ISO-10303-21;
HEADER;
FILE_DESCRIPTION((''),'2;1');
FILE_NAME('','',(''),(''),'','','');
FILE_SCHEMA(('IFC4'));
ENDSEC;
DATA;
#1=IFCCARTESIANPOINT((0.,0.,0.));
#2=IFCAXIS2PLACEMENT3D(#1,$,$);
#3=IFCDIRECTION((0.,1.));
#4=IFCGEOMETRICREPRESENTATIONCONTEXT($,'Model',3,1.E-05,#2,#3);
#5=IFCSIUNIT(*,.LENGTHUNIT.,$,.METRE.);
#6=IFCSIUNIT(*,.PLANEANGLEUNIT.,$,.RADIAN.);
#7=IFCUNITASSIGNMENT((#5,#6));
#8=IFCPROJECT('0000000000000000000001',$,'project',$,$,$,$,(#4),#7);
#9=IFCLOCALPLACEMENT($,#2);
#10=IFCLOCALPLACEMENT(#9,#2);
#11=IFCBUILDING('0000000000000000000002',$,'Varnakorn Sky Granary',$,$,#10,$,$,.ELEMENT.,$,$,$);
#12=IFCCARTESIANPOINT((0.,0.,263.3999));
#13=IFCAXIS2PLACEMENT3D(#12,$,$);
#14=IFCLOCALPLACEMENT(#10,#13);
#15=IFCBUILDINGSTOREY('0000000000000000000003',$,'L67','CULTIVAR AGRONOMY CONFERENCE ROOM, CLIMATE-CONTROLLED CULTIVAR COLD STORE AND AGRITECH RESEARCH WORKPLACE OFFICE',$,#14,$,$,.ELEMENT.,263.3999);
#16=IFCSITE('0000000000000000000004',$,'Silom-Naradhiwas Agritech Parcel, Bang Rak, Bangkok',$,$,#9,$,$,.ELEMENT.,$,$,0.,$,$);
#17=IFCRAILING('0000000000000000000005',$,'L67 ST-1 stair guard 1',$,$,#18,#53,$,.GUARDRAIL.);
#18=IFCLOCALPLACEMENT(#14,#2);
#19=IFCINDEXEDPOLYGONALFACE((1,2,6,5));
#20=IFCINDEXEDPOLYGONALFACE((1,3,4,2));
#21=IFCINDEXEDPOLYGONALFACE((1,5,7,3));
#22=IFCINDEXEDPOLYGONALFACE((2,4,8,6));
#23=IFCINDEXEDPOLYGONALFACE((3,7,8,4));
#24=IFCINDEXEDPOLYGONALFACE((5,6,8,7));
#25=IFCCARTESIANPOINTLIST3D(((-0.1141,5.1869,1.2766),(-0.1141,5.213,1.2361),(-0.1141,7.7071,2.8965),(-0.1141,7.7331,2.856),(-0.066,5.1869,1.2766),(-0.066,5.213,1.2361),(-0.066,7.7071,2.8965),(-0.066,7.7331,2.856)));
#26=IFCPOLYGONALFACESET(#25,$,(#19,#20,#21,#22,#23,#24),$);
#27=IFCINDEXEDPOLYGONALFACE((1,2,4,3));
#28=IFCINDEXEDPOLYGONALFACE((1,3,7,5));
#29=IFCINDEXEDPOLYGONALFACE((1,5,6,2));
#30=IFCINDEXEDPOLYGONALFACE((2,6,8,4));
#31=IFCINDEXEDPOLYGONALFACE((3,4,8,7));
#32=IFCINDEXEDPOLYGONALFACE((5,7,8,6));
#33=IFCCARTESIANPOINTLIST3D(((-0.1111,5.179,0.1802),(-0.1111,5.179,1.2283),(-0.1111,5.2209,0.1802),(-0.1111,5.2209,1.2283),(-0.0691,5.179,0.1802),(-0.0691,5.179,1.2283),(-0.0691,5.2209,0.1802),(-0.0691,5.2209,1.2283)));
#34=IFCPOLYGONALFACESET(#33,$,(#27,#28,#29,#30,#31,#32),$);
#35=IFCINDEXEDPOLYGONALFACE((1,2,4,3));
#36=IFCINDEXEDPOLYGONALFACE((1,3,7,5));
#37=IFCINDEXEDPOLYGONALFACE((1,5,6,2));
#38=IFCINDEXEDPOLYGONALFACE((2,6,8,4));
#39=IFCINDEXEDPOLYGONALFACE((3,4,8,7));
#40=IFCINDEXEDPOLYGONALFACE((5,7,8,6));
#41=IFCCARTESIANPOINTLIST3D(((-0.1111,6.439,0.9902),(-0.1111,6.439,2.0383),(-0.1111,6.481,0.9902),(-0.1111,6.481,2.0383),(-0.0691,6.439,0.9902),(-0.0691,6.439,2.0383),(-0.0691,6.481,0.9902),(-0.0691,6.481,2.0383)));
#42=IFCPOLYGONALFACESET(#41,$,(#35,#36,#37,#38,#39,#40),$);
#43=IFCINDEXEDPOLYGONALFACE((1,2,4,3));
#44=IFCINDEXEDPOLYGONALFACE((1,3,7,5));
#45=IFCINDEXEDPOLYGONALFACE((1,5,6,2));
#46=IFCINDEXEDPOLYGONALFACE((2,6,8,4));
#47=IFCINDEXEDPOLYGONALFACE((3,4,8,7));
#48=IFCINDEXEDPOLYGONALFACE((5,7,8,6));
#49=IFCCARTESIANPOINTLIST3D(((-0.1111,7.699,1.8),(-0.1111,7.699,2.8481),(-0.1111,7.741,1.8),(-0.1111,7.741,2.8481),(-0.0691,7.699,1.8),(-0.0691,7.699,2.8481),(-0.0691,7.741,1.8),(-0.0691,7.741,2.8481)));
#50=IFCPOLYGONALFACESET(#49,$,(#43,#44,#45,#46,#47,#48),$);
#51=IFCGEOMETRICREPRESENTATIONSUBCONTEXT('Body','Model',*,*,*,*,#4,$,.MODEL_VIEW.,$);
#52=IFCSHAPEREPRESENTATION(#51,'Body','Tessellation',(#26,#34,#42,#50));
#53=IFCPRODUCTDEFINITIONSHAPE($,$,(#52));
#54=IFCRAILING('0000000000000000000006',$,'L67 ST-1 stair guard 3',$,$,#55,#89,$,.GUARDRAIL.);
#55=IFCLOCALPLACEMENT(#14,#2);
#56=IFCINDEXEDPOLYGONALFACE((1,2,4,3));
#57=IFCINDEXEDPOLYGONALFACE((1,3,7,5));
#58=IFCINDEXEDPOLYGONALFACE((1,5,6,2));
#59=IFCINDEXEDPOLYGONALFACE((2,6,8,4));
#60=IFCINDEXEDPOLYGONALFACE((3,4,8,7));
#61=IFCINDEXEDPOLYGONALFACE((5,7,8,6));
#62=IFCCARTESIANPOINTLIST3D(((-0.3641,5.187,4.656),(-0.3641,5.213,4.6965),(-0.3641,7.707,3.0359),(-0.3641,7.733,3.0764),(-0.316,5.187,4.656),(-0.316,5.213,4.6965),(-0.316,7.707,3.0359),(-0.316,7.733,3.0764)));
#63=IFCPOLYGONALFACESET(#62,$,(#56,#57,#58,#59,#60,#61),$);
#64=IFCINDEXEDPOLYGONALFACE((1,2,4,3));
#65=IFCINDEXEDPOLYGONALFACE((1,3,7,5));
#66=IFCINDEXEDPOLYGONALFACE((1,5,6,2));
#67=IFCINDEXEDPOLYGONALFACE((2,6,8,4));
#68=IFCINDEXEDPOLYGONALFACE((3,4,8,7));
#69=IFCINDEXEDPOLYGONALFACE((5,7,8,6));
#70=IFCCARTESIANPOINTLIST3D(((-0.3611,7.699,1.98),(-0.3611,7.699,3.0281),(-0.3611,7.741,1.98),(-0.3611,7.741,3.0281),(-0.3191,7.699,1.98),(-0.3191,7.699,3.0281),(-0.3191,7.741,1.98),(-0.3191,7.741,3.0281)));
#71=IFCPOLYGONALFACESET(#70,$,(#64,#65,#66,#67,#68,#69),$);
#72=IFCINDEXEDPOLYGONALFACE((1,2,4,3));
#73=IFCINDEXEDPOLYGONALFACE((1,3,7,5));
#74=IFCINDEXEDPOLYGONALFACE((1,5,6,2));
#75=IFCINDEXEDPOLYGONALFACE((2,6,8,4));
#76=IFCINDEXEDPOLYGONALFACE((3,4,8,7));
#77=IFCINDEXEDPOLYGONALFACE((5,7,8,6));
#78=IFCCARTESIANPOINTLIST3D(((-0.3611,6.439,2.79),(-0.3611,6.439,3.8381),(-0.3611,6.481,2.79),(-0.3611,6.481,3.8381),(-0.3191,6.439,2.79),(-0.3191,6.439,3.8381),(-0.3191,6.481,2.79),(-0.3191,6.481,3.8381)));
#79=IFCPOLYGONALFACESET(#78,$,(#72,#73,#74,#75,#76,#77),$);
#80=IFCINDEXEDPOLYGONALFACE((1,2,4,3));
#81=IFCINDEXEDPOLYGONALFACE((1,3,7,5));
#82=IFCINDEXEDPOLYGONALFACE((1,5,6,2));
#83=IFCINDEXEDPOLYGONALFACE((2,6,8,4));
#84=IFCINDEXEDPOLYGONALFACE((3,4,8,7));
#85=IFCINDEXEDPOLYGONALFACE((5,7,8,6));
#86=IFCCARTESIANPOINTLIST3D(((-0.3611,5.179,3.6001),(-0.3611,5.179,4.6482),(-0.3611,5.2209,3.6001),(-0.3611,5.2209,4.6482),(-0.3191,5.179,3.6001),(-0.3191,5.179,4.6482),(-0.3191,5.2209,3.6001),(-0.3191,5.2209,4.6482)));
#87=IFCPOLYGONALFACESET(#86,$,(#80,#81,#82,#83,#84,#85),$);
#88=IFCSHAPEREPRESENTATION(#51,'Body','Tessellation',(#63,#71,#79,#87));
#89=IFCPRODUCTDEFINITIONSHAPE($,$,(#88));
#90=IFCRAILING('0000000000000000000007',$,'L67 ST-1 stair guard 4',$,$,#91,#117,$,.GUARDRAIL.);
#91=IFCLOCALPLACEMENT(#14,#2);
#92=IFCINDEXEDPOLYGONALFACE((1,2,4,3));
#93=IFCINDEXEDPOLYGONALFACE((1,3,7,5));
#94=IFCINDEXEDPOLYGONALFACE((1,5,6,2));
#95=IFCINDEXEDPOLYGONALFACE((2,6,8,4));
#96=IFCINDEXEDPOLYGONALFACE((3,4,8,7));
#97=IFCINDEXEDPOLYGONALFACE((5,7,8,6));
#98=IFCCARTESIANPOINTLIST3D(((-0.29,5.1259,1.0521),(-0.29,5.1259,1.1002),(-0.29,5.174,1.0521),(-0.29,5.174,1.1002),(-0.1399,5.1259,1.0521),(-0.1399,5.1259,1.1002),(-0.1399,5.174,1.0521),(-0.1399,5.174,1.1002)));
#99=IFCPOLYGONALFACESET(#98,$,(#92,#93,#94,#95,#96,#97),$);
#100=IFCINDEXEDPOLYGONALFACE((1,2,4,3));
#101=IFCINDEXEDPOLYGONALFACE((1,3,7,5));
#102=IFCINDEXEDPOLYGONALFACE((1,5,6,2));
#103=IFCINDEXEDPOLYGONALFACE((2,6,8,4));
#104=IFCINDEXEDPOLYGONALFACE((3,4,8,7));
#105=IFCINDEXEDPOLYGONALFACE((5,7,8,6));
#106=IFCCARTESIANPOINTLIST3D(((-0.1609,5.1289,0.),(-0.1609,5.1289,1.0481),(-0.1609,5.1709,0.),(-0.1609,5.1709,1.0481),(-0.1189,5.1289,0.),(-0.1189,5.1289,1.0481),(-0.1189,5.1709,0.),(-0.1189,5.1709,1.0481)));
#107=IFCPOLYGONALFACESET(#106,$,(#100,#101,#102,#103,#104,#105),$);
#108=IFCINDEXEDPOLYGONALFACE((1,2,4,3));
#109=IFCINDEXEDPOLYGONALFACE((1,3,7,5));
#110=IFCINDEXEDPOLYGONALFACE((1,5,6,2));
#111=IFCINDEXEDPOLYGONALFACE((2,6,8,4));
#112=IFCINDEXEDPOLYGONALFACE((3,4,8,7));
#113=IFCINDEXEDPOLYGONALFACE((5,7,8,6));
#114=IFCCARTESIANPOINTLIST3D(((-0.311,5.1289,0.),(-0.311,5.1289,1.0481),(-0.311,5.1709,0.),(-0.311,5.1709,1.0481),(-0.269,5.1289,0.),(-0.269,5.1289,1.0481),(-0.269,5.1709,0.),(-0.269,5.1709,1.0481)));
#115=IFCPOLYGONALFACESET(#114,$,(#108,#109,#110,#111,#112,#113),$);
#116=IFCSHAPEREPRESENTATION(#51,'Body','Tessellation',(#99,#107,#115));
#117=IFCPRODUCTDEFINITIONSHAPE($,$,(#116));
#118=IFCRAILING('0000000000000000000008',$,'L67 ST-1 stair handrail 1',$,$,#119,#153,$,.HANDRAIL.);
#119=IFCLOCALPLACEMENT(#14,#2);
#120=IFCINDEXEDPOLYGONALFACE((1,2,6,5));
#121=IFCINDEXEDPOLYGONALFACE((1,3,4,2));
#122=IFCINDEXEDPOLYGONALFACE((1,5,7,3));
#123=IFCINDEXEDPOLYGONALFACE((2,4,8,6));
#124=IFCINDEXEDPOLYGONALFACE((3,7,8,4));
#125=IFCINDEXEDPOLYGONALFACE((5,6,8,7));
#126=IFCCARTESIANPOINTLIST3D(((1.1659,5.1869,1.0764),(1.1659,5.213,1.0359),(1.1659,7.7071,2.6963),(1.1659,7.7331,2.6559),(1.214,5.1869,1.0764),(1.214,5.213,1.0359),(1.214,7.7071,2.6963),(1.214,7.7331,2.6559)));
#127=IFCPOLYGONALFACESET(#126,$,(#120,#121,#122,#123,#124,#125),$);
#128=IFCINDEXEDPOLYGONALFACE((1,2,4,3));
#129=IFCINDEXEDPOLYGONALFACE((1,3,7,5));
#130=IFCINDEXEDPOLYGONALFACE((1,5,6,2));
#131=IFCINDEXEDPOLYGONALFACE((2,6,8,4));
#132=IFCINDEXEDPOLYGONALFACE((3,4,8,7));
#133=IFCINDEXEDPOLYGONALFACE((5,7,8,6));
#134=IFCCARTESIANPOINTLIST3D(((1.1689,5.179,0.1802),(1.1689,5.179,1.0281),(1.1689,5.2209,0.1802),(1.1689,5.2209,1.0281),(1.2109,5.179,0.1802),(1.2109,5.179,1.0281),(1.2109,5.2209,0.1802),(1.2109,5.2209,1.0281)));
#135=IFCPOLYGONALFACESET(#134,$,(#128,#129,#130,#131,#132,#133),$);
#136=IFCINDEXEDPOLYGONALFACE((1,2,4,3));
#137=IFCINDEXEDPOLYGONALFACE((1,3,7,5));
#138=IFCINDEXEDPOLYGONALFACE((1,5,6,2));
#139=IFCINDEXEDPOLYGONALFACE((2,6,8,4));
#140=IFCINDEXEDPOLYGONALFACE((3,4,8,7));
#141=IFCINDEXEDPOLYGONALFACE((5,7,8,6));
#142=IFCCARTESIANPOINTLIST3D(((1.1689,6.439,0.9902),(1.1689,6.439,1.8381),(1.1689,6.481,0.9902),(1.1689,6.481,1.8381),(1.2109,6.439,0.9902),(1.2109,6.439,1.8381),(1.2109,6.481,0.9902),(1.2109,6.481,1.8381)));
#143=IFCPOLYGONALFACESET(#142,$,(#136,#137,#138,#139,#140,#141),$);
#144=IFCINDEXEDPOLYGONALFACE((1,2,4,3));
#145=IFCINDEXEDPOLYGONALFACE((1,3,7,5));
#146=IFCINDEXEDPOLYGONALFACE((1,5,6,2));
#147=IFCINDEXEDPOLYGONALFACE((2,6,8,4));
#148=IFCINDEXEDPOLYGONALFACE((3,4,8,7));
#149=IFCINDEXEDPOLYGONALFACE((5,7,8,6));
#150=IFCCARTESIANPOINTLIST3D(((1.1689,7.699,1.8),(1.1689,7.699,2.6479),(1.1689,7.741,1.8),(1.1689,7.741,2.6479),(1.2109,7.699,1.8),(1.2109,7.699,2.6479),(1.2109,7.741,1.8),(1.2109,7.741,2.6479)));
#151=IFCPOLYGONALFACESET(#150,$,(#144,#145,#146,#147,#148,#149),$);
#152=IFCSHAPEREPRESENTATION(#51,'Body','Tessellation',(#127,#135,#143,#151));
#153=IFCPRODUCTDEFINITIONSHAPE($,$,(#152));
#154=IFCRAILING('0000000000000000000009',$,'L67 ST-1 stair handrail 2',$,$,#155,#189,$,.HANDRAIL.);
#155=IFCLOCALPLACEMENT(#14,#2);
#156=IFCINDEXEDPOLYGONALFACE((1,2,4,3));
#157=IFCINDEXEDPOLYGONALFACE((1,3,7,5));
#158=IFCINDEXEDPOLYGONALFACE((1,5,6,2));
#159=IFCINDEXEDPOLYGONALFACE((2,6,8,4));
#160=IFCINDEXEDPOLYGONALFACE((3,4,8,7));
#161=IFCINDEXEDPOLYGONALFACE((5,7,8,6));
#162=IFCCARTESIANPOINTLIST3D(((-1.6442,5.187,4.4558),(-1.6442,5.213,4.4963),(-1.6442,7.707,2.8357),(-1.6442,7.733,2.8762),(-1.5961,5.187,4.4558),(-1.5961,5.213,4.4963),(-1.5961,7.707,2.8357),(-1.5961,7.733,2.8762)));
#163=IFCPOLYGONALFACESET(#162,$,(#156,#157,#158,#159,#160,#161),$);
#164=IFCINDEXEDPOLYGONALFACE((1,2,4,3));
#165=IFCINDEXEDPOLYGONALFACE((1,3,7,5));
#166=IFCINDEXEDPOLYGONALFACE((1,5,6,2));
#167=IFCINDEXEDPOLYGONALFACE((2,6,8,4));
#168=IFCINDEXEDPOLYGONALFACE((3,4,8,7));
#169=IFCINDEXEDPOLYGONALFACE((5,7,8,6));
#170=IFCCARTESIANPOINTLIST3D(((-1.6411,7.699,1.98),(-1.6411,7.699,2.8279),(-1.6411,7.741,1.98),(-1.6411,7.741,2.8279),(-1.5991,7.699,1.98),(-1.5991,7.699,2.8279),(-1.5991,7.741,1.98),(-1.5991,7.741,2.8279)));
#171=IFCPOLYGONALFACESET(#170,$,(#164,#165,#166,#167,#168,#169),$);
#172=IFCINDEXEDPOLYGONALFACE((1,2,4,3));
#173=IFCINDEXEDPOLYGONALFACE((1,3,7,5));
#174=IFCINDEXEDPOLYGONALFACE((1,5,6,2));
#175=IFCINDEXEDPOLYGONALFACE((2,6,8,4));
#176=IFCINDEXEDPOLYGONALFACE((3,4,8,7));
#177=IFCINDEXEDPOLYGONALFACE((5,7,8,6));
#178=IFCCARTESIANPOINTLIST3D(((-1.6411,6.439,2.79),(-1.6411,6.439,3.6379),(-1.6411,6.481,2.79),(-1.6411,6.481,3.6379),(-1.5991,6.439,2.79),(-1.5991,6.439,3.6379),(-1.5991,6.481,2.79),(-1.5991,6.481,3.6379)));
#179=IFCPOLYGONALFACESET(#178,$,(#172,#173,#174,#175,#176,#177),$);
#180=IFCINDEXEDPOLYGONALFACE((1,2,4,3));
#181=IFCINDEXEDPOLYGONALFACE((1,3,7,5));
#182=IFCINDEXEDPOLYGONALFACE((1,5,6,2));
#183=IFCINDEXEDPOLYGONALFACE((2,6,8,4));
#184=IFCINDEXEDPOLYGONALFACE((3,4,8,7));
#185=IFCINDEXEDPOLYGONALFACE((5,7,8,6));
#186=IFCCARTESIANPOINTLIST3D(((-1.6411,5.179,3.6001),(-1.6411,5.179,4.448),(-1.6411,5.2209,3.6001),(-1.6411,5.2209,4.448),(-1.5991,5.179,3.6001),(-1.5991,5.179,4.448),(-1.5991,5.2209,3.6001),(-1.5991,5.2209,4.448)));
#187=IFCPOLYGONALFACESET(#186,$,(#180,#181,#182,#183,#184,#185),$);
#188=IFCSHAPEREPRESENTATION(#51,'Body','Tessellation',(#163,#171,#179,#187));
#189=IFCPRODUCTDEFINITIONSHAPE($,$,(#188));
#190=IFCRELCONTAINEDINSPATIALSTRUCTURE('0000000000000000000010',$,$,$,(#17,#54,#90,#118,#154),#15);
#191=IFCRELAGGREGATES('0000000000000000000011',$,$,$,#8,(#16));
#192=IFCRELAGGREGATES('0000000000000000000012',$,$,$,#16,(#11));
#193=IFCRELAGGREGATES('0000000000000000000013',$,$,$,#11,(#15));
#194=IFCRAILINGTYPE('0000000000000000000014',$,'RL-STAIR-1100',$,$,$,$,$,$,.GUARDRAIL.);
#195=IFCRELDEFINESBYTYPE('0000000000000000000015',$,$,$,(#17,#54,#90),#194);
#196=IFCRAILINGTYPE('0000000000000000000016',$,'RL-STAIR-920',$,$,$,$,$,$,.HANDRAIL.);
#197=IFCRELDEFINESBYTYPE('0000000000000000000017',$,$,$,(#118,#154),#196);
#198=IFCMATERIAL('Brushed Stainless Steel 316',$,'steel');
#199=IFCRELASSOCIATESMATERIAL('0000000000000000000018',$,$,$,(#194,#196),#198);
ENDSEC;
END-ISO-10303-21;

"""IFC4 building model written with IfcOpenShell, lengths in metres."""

from ifc_helpers import new_model, si_unit, direction, frame, origin, origin_2d, place, context, subcontext, project, spatial, rectangle, extrude, material, type_object, element, save


model = new_model("IFC4")

# Units and contexts
model_context = context("Model", 3, precision=1e-05, world=origin(), true_north=direction((0.0, 1.0)))
body_context = subcontext(model_context, "Body", "Model", "MODEL_VIEW")
ifc_project = project(units=[si_unit("LENGTHUNIT", "METRE"), si_unit("PLANEANGLEUNIT", "RADIAN")], contexts=[model_context])

# Site, building, storey
site_placement = place(None, origin())
site = spatial("IfcSite", under=ifc_project, at=site_placement, Name="Silom-Naradhiwas Agritech Parcel, Bang Rak, Bangkok", CompositionType="ELEMENT", RefElevation=0.0)
building_placement = place(site_placement, origin())
building = spatial("IfcBuilding", under=site, at=building_placement, Name="Varnakorn Sky Granary", CompositionType="ELEMENT")
storey_placement = place(building_placement, frame((0.0, 0.0, 263.3999)))
storey = spatial("IfcBuildingStorey", under=building, at=storey_placement, Name="L67", Description="CULTIVAR AGRONOMY CONFERENCE ROOM, CLIMATE-CONTROLLED CULTIVAR COLD STORE AND AGRITECH RESEARCH WORKPLACE OFFICE", CompositionType="ELEMENT", Elevation=263.3999)

# Railings
ifc_material_1 = material(Name="Brushed Stainless Steel 316", Category="steel")
railing_type_1 = type_object("IfcRailingType", Name="RL-STAIR-1100", PredefinedType="GUARDRAIL", material=ifc_material_1)
railing_1_placement = place(storey_placement, frame((-0.0901, 5.2, 0.1802)))
element("IfcRailing", 1, at=railing_1_placement, inside=storey, type_object=railing_type_1, Name="L67 ST-1 stair guard 1", PredefinedType="GUARDRAIL", context=body_context, shape_type="SweptSolid", body=[
    extrude(rectangle(XDim=0.0481, YDim=0.0481, at=origin_2d()), frame((0.0, 0.0, 1.0762), z_axis=(0.0, 0.8412, 0.540725), x_axis=(-1.0, 0.0, 0.0)), (0.0, 0.0, 1.0), 2.9958),
    extrude(rectangle(XDim=0.042, YDim=0.042, at=origin_2d()), origin(), (0.0, 0.0, 1.0), 1.0481),
    extrude(rectangle(XDim=0.042, YDim=0.042, at=origin_2d()), frame((0.0, 1.26, 0.8101)), (0.0, 0.0, 1.0), 1.0481),
    extrude(rectangle(XDim=0.042, YDim=0.042, at=origin_2d()), frame((0.0, 2.52, 1.6199)), (0.0, 0.0, 1.0), 1.0481),
])
railing_2_placement = place(storey_placement, frame((-0.3401, 7.72, 1.98)))
element("IfcRailing", 2, at=railing_2_placement, inside=storey, type_object=railing_type_1, Name="L67 ST-1 stair guard 3", PredefinedType="GUARDRAIL", context=body_context, shape_type="SweptSolid", body=[
    extrude(rectangle(XDim=0.0481, YDim=0.0481, at=origin_2d()), frame((0.0, 0.0, 1.0762), z_axis=(0.0, -0.841163, 0.540782), x_axis=(1.0, 0.0, 0.0)), (0.0, 0.0, 1.0), 2.9958),
    extrude(rectangle(XDim=0.042, YDim=0.042, at=origin_2d()), origin(), (0.0, 0.0, 1.0), 1.0481),
    extrude(rectangle(XDim=0.042, YDim=0.042, at=origin_2d()), frame((0.0, -1.26, 0.8101)), (0.0, 0.0, 1.0), 1.0481),
    extrude(rectangle(XDim=0.042, YDim=0.042, at=origin_2d()), frame((0.0, -2.52, 1.6201)), (0.0, 0.0, 1.0), 1.0481),
])
railing_3_placement = place(storey_placement, frame((-0.1399, 5.1499, 0.0)))
element("IfcRailing", 3, at=railing_3_placement, inside=storey, type_object=railing_type_1, Name="L67 ST-1 stair guard 4", PredefinedType="GUARDRAIL", context=body_context, shape_type="SweptSolid", body=[
    extrude(rectangle(XDim=0.0481, YDim=0.0481, at=origin_2d()), frame((0.0, 0.0, 1.0762), z_axis=(-1.0, 0.0, 0.0), x_axis=(0.0, -1.0, 0.0)), (0.0, 0.0, 1.0), 0.1501),
    extrude(rectangle(XDim=0.042, YDim=0.042, at=origin_2d()), origin(), (0.0, 0.0, 1.0), 1.0481),
    extrude(rectangle(XDim=0.042, YDim=0.042, at=origin_2d()), frame((-0.1501, 0.0, 0.0)), (0.0, 0.0, 1.0), 1.0481),
])
railing_type_2 = type_object("IfcRailingType", Name="RL-STAIR-920", PredefinedType="HANDRAIL", material=ifc_material_1)
railing_4_placement = place(storey_placement, frame((1.1899, 5.2, 0.1802)))
element("IfcRailing", 4, at=railing_4_placement, inside=storey, type_object=railing_type_2, Name="L67 ST-1 stair handrail 1", PredefinedType="HANDRAIL", context=body_context, shape_type="SweptSolid", body=[
    extrude(rectangle(XDim=0.0481, YDim=0.0481, at=origin_2d()), frame((0.0, 0.0, 0.876), z_axis=(0.0, 0.8412, 0.540725), x_axis=(-1.0, 0.0, 0.0)), (0.0, 0.0, 1.0), 2.9958),
    extrude(rectangle(XDim=0.042, YDim=0.042, at=origin_2d()), origin(), (0.0, 0.0, 1.0), 0.8479),
    extrude(rectangle(XDim=0.042, YDim=0.042, at=origin_2d()), frame((0.0, 1.26, 0.8101)), (0.0, 0.0, 1.0), 0.8479),
    extrude(rectangle(XDim=0.042, YDim=0.042, at=origin_2d()), frame((0.0, 2.52, 1.6199)), (0.0, 0.0, 1.0), 0.8479),
])
railing_5_placement = place(storey_placement, frame((-1.6201, 7.72, 1.98)))
element("IfcRailing", 5, at=railing_5_placement, inside=storey, type_object=railing_type_2, Name="L67 ST-1 stair handrail 2", PredefinedType="HANDRAIL", context=body_context, shape_type="SweptSolid", body=[
    extrude(rectangle(XDim=0.0481, YDim=0.0481, at=origin_2d()), frame((0.0, 0.0, 0.876), z_axis=(0.0, -0.841163, 0.540782), x_axis=(1.0, 0.0, 0.0)), (0.0, 0.0, 1.0), 2.9958),
    extrude(rectangle(XDim=0.042, YDim=0.042, at=origin_2d()), origin(), (0.0, 0.0, 1.0), 0.8479),
    extrude(rectangle(XDim=0.042, YDim=0.042, at=origin_2d()), frame((0.0, -1.26, 0.8101)), (0.0, 0.0, 1.0), 0.8479),
    extrude(rectangle(XDim=0.042, YDim=0.042, at=origin_2d()), frame((0.0, -2.52, 1.6201)), (0.0, 0.0, 1.0), 0.8479),
])

save(model, "model.ifc")
